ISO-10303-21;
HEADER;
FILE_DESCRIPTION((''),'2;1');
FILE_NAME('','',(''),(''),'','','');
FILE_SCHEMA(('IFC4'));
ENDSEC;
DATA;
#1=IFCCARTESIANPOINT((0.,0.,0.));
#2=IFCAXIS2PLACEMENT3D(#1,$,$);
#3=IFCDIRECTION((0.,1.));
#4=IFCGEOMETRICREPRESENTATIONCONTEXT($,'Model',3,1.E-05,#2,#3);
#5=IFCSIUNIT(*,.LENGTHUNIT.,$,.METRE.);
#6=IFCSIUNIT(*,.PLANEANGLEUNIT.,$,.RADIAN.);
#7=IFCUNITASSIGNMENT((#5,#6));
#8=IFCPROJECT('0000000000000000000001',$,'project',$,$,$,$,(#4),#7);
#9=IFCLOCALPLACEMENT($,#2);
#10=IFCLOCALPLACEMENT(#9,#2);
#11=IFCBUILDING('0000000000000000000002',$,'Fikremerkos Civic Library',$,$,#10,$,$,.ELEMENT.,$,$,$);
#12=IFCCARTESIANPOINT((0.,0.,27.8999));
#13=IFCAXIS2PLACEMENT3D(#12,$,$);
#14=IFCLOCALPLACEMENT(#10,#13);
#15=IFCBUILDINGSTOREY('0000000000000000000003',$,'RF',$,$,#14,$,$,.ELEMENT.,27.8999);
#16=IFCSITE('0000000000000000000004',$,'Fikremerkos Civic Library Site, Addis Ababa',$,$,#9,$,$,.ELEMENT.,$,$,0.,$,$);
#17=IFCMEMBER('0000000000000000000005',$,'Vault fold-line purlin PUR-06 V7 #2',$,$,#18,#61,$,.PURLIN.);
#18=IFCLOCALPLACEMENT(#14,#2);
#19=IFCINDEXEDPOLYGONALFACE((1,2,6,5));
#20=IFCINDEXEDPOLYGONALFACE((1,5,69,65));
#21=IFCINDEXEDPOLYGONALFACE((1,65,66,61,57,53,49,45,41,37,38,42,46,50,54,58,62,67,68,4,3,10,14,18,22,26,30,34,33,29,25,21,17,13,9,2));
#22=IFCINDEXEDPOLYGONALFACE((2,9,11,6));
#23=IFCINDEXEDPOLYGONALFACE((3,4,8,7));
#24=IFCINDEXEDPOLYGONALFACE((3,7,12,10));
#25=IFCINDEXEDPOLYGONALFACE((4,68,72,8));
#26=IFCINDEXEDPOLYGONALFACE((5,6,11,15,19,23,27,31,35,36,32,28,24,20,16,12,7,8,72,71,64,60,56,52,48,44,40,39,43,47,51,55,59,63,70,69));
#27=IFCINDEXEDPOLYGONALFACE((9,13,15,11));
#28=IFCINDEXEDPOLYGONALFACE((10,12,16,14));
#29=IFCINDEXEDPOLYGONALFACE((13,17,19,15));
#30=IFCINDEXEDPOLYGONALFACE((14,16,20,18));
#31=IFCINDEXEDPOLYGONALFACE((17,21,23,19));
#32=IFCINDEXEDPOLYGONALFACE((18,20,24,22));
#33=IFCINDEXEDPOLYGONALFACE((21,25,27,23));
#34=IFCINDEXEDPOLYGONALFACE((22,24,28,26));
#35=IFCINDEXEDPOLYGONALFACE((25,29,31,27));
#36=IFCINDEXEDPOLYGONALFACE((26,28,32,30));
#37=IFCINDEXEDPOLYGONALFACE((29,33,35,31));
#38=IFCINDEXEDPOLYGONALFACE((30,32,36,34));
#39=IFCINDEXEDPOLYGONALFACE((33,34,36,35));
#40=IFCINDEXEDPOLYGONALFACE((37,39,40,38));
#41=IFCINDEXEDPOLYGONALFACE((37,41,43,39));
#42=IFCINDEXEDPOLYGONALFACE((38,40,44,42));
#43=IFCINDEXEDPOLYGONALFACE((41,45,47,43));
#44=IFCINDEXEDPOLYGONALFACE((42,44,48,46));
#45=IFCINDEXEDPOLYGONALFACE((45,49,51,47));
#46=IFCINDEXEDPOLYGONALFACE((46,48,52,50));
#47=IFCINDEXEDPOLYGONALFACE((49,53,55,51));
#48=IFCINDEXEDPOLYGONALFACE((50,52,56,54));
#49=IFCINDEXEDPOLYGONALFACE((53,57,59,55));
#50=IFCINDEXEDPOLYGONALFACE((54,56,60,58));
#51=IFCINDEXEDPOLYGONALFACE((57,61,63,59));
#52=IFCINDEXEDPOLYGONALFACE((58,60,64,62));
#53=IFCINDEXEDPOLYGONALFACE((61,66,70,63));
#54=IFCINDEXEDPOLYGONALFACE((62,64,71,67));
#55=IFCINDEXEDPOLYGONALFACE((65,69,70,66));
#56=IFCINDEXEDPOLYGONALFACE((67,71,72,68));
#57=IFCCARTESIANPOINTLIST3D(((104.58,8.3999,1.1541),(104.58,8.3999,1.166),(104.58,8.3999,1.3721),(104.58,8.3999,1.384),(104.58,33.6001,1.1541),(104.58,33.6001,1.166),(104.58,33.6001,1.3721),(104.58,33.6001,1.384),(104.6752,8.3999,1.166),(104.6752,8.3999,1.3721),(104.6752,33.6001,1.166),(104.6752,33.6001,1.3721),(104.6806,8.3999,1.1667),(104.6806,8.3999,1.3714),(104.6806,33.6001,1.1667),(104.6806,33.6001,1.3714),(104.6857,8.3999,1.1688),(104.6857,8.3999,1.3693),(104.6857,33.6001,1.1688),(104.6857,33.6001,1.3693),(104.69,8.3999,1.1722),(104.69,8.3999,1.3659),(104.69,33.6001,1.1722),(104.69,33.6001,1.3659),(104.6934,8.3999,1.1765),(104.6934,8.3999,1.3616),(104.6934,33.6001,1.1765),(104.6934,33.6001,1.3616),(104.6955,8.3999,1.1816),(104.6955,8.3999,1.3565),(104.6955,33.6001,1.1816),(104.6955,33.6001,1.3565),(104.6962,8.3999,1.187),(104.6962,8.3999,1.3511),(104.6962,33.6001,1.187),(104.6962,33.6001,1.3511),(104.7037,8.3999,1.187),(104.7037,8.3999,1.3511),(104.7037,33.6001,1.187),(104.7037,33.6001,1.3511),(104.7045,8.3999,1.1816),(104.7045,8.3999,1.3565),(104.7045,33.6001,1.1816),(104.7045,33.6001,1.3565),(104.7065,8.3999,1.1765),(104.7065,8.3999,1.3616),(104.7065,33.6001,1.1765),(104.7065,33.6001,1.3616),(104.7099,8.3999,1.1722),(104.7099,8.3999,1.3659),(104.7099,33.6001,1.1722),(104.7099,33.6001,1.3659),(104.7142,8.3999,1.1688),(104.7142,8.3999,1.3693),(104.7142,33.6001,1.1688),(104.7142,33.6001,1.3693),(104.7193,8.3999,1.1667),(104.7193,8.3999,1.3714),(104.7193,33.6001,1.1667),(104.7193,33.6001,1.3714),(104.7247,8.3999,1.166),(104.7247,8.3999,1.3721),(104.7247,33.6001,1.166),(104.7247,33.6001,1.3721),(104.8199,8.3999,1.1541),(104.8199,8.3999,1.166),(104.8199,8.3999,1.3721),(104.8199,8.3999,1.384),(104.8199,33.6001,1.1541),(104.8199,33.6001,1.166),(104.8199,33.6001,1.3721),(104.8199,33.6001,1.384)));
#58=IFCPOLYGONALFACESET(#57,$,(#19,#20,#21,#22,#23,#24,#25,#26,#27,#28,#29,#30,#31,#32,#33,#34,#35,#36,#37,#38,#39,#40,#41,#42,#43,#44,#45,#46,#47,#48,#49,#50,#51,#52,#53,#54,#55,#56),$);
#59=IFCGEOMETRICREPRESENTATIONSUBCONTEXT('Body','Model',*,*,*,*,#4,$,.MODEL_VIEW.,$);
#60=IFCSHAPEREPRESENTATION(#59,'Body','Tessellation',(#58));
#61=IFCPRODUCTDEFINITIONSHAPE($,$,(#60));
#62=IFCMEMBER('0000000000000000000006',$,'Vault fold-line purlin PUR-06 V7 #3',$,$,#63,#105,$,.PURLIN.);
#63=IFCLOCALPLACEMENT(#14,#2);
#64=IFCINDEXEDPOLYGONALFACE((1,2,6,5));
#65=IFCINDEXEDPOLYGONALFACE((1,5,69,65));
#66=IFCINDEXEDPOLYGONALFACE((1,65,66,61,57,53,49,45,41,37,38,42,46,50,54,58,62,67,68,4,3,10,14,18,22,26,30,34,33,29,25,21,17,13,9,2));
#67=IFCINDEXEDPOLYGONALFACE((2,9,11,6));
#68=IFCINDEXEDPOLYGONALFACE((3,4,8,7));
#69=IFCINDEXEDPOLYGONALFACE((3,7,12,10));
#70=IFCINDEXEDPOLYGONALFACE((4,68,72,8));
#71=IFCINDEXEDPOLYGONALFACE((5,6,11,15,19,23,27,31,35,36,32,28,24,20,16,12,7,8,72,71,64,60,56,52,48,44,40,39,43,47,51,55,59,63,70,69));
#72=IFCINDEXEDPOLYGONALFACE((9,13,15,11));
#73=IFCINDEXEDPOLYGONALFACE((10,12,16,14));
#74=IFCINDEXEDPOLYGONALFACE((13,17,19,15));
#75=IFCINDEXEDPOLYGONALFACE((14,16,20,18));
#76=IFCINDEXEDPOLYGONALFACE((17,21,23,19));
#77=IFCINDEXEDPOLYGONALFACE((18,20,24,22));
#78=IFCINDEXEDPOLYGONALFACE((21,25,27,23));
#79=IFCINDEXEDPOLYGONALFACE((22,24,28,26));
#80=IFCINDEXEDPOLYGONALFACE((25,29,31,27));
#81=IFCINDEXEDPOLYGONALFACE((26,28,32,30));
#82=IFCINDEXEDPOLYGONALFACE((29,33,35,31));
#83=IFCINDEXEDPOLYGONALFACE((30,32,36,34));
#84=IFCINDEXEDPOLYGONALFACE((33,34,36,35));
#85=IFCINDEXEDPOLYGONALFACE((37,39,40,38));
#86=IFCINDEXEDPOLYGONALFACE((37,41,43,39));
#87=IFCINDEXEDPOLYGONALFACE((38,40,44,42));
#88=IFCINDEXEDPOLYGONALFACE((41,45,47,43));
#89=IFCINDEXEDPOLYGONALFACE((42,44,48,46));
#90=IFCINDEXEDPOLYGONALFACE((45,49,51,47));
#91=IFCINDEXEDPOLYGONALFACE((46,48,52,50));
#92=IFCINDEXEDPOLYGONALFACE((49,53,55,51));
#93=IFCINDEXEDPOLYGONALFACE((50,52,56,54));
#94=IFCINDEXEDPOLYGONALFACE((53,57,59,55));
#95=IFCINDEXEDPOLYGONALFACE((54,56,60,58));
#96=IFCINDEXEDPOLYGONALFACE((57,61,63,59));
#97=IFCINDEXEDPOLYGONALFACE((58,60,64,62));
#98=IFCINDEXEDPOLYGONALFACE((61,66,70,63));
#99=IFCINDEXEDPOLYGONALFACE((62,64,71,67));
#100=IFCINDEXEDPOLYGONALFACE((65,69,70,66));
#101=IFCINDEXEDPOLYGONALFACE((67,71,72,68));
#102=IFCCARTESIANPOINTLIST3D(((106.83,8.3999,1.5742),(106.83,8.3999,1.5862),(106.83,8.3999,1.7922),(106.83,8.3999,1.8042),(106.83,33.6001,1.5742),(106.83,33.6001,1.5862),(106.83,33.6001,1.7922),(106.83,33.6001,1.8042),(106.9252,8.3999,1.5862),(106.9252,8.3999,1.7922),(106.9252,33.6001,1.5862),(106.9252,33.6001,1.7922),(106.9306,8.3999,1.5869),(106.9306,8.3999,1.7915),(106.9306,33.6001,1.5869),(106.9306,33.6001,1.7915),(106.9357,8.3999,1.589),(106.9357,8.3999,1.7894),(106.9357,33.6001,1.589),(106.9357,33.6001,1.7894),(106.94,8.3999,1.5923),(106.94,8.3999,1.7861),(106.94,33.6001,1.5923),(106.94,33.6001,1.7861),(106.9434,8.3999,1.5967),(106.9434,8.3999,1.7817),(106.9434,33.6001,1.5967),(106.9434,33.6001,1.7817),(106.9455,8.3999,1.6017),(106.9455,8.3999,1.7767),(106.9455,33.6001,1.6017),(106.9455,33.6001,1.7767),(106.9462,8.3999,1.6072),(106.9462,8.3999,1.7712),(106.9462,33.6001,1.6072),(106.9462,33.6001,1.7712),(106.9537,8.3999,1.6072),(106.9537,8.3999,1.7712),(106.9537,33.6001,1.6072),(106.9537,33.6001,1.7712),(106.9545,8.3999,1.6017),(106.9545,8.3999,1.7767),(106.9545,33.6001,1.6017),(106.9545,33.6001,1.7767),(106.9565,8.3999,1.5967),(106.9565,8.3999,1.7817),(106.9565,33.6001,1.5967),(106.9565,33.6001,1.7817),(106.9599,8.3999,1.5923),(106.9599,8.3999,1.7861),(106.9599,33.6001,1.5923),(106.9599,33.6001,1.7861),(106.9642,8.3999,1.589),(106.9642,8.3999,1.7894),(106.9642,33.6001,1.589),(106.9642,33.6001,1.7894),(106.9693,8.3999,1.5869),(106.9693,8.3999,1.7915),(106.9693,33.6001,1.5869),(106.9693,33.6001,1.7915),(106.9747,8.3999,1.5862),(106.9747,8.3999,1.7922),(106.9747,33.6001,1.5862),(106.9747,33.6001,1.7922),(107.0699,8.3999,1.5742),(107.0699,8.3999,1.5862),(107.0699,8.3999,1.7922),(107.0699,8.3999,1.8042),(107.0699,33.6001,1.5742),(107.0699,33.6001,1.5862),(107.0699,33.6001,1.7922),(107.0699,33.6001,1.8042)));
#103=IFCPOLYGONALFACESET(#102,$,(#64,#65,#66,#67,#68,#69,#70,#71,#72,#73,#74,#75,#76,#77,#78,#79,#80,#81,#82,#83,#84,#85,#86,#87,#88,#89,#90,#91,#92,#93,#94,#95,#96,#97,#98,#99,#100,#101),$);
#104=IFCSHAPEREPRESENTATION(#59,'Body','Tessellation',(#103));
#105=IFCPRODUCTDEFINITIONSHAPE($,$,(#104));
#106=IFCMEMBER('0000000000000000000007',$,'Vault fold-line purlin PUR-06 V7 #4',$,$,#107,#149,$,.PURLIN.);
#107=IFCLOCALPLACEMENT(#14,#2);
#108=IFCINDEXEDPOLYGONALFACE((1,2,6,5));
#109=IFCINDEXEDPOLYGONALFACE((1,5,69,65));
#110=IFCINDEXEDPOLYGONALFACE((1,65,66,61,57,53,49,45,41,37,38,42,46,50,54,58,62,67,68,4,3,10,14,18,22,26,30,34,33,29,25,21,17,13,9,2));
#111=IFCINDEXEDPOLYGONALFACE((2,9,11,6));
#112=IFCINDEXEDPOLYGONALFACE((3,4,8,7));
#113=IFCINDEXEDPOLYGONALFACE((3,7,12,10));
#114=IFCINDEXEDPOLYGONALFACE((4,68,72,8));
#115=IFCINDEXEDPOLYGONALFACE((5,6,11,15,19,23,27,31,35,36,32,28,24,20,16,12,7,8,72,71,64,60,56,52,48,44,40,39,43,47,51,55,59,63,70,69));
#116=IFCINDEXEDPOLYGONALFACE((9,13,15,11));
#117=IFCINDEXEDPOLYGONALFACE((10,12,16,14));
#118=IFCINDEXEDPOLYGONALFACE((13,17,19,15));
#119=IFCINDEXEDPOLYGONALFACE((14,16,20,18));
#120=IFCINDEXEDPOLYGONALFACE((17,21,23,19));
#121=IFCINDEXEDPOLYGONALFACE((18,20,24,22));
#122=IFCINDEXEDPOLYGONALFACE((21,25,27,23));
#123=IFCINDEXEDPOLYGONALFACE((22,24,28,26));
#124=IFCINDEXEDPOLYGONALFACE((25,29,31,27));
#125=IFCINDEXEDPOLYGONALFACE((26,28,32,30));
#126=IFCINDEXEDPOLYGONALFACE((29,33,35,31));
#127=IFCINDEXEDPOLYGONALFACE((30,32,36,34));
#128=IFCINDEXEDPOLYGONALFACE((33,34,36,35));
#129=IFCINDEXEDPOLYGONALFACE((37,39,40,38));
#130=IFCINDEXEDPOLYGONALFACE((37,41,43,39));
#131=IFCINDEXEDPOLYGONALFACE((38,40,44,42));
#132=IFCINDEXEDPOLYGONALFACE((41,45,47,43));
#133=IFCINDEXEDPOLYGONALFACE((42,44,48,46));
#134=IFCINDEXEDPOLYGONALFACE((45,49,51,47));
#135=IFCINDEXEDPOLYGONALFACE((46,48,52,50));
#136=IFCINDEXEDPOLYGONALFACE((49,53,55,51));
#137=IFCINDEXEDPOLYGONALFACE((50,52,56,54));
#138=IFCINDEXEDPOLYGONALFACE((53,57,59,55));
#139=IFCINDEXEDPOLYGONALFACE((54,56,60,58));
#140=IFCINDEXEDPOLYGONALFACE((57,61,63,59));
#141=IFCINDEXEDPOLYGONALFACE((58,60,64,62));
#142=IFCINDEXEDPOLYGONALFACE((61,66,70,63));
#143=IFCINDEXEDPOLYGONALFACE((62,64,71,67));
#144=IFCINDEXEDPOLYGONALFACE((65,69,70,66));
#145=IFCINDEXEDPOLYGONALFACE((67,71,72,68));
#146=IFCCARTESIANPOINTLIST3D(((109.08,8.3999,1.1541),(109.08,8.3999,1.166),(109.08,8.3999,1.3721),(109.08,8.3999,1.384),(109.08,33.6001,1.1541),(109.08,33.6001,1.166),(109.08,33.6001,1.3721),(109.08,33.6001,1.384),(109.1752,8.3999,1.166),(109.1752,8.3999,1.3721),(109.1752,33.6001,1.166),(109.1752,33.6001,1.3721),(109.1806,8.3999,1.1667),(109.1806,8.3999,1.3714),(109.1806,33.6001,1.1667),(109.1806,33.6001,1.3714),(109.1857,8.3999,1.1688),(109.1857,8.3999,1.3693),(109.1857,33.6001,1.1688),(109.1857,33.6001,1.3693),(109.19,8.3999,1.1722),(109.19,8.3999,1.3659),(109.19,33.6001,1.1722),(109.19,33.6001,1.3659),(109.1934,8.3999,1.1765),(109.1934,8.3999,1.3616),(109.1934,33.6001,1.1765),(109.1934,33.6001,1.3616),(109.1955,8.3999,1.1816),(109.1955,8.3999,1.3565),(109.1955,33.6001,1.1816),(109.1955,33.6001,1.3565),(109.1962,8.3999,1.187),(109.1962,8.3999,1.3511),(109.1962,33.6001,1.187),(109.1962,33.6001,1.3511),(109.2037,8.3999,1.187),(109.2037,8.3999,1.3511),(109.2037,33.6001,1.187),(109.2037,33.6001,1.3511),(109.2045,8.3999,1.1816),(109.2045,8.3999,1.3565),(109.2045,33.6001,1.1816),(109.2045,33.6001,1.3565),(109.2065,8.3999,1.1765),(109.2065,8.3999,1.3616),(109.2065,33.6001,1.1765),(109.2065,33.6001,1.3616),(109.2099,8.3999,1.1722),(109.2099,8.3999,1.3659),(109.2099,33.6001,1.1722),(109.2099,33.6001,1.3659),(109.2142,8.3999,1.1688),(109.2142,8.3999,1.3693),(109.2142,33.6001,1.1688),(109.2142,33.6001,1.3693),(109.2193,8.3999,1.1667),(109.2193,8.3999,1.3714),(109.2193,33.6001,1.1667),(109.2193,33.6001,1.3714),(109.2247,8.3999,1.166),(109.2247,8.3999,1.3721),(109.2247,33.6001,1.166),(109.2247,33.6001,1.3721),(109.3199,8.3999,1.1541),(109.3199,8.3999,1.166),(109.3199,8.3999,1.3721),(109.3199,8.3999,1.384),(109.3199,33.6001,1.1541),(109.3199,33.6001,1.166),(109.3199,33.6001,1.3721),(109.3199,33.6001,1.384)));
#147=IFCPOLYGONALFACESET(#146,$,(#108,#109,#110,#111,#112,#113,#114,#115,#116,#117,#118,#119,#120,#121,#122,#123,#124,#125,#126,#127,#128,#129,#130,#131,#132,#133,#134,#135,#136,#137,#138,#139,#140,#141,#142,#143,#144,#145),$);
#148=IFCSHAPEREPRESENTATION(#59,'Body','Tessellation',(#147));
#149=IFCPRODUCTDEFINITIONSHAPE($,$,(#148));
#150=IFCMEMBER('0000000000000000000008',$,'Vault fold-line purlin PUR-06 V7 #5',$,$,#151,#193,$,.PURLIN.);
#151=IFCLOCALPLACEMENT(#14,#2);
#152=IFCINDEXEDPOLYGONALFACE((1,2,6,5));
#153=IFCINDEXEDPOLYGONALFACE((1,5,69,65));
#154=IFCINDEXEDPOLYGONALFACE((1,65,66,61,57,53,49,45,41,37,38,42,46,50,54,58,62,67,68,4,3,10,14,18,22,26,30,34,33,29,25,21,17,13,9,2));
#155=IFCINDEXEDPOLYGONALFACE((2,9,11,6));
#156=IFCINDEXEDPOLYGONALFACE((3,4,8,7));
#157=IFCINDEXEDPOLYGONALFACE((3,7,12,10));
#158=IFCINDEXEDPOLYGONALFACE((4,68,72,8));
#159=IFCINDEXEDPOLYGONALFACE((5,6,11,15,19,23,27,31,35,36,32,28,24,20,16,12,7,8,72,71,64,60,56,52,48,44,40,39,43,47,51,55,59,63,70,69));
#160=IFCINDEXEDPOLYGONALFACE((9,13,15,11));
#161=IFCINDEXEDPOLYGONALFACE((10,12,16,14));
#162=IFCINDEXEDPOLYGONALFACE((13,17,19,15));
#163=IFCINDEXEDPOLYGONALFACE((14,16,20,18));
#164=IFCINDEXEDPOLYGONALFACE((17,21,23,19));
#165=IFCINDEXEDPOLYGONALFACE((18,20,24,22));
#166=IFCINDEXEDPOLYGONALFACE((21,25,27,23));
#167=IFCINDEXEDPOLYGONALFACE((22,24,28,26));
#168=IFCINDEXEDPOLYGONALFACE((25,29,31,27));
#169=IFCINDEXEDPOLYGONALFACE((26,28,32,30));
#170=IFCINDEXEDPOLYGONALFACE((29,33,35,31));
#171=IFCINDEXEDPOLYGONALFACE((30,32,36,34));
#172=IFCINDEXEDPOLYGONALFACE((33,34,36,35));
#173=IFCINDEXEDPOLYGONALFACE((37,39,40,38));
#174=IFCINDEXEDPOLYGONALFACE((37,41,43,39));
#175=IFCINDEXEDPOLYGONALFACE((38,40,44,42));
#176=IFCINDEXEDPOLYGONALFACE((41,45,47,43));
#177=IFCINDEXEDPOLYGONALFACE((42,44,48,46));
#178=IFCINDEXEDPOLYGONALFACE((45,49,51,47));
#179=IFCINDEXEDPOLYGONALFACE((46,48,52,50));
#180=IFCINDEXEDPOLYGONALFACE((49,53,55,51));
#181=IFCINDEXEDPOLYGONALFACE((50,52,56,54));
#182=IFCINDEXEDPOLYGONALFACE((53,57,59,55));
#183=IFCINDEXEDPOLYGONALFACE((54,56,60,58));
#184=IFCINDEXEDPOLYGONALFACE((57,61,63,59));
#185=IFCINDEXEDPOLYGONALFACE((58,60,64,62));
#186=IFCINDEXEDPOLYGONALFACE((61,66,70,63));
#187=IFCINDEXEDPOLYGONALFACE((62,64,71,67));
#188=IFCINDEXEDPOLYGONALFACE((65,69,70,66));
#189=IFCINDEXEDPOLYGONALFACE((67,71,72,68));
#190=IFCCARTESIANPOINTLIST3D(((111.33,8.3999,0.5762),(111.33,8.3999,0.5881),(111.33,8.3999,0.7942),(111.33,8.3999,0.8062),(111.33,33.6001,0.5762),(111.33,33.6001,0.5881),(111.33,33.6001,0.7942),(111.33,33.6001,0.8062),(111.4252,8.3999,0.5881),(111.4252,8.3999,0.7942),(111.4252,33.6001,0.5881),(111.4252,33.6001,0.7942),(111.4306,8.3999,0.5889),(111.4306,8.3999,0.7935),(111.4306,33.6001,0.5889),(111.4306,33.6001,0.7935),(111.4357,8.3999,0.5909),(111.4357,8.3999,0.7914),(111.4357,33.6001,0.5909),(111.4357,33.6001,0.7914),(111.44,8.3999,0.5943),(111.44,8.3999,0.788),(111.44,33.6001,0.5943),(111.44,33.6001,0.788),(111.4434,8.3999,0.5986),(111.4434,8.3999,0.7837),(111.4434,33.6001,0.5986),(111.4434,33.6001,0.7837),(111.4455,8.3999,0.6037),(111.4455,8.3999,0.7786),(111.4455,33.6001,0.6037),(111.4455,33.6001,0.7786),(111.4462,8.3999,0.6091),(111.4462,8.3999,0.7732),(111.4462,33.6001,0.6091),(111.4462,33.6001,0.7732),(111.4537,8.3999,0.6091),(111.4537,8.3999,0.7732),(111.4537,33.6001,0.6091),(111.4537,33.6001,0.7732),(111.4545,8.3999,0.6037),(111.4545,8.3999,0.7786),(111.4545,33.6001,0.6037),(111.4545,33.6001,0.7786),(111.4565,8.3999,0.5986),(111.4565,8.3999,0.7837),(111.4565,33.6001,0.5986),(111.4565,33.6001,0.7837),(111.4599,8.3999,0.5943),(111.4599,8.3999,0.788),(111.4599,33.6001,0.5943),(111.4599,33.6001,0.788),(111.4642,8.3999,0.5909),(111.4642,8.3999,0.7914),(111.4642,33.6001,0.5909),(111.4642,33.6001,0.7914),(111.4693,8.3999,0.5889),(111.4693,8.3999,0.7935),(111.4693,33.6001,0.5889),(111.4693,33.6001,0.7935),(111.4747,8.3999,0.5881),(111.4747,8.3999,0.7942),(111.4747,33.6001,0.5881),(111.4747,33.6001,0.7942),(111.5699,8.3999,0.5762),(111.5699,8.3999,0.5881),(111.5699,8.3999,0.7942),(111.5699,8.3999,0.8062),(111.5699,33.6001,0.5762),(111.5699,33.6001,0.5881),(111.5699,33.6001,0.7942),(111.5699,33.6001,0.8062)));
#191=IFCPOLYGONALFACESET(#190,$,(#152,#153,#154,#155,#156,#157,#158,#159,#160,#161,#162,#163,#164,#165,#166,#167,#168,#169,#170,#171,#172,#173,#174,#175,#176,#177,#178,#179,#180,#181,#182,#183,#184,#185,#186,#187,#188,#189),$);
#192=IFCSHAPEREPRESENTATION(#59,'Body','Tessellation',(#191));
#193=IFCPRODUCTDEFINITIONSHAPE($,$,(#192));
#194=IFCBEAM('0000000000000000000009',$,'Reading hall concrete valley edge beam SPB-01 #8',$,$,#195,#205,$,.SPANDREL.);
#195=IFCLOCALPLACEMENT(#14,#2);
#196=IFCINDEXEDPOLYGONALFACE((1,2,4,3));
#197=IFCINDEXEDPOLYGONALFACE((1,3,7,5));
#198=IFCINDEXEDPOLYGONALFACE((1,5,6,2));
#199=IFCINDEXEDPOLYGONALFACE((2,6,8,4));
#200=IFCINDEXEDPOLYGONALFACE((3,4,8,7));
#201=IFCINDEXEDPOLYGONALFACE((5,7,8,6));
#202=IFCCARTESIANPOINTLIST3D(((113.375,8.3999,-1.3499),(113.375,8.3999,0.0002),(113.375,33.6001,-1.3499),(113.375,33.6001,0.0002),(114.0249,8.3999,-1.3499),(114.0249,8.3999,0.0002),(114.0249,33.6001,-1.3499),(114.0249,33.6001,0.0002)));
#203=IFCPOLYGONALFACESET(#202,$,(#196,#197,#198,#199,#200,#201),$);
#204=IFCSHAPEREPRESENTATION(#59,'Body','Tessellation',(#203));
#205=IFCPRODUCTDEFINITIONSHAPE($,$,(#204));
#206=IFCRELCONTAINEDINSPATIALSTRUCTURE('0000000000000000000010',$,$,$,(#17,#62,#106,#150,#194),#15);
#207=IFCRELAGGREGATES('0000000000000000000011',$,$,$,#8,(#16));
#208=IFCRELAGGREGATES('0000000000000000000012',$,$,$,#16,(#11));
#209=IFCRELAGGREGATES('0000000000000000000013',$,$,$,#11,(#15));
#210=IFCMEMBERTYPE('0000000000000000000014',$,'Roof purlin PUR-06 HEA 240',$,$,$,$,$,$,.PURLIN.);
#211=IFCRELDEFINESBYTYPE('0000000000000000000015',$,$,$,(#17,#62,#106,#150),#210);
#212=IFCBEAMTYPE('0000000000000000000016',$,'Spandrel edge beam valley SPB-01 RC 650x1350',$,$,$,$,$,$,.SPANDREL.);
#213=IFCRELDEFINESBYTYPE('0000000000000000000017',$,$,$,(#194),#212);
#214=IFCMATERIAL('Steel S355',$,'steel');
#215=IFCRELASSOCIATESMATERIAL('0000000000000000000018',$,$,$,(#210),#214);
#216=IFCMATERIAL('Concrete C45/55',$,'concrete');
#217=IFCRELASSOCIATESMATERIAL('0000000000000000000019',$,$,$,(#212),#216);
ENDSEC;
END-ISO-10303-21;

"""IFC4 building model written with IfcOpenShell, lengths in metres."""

from ifc_helpers import new_model, si_unit, direction, frame, origin, origin_2d, place, context, subcontext, project, spatial, rectangle, i_section, extrude, material, material_profile, profile_set, type_object, element, save


model = new_model("IFC4")

# Units and contexts
model_context = context("Model", 3, precision=1e-05, world=origin(), true_north=direction((0.0, 1.0)))
body_context = subcontext(model_context, "Body", "Model", "MODEL_VIEW")
ifc_project = project(units=[si_unit("LENGTHUNIT", "METRE"), si_unit("PLANEANGLEUNIT", "RADIAN")], contexts=[model_context])

# Site, building, storey
site_placement = place(None, origin())
site = spatial("IfcSite", under=ifc_project, at=site_placement, Name="Fikremerkos Civic Library Site, Addis Ababa", CompositionType="ELEMENT", RefElevation=0.0)
building_placement = place(site_placement, origin())
building = spatial("IfcBuilding", under=site, at=building_placement, Name="Fikremerkos Civic Library", CompositionType="ELEMENT")
storey_placement = place(building_placement, frame((0.0, 0.0, 27.8999)))
storey = spatial("IfcBuildingStorey", under=building, at=storey_placement, Name="RF", CompositionType="ELEMENT", Elevation=27.8999)

# Shared definitions
ifc_material_1 = material(Name="Steel S355", Category="steel")

# Shared definitions
ifc_material_2 = material(Name="Concrete C45/55", Category="concrete")

# Members
ifc_material_profile_1 = material_profile(ifc_material_1, i_section(OverallWidth=0.24, OverallDepth=0.23, WebThickness=0.0076, FlangeThickness=0.012, FilletRadius=0.021, at=origin_2d()), Name="HEA 240")
ifc_profile_set_1 = profile_set([ifc_material_profile_1], Name="Steel S355")
member_type_1 = type_object("IfcMemberType", Name="Roof purlin PUR-06 HEA 240", PredefinedType="PURLIN", material=ifc_profile_set_1)
for number, where, z_axis, x_axis, name in (
    (1, (104.7, 8.3999, 1.269), (0.0, 1.0, 0.0), (-1.0, 0.0, 0.0), "Vault fold-line purlin PUR-06 V7 #2"),
    (2, (106.95, 8.3999, 1.6892), (0.0, 1.0, 0.0), (-1.0, 0.0, 0.0), "Vault fold-line purlin PUR-06 V7 #3"),
    (3, (109.2, 8.3999, 1.269), (0.0, 1.0, 0.0), (-1.0, 0.0, 0.0), "Vault fold-line purlin PUR-06 V7 #4"),
    (4, (111.45, 8.3999, 0.6912), (0.0, 1.0, 0.0), (-1.0, 0.0, 0.0), "Vault fold-line purlin PUR-06 V7 #5"),
):
    element("IfcMember", number, at=place(storey_placement, frame(where, z_axis=z_axis, x_axis=x_axis)), inside=storey, type_object=member_type_1, Name=name, PredefinedType="PURLIN", context=body_context, shape_type="SweptSolid", body=[
        extrude(i_section(OverallWidth=0.24, OverallDepth=0.23, WebThickness=0.0076, FlangeThickness=0.012, FilletRadius=0.021, at=origin_2d()), origin(), (0.0, 0.0, 1.0), 25.2002),
    ])

# Beam
ifc_material_profile_2 = material_profile(ifc_material_2, rectangle(XDim=0.6499, YDim=1.3501, at=origin_2d()), Name="RC 650x1350")
ifc_profile_set_2 = profile_set([ifc_material_profile_2], Name="Concrete C45/55")
beam_type_1 = type_object("IfcBeamType", Name="Spandrel edge beam valley SPB-01 RC 650x1350", PredefinedType="SPANDREL", material=ifc_profile_set_2)
beam_1_placement = place(storey_placement, frame((113.7, 8.3999, -0.6748), z_axis=(0.0, 1.0, 0.0), x_axis=(-1.0, 0.0, 0.0)))
element("IfcBeam", 5, at=beam_1_placement, inside=storey, type_object=beam_type_1, Name="Reading hall concrete valley edge beam SPB-01 #8", PredefinedType="SPANDREL", context=body_context, shape_type="SweptSolid", body=[
    extrude(rectangle(XDim=0.6499, YDim=1.3501, at=origin_2d()), origin(), (0.0, 0.0, 1.0), 25.2002),
])

save(model, "model.ifc")
